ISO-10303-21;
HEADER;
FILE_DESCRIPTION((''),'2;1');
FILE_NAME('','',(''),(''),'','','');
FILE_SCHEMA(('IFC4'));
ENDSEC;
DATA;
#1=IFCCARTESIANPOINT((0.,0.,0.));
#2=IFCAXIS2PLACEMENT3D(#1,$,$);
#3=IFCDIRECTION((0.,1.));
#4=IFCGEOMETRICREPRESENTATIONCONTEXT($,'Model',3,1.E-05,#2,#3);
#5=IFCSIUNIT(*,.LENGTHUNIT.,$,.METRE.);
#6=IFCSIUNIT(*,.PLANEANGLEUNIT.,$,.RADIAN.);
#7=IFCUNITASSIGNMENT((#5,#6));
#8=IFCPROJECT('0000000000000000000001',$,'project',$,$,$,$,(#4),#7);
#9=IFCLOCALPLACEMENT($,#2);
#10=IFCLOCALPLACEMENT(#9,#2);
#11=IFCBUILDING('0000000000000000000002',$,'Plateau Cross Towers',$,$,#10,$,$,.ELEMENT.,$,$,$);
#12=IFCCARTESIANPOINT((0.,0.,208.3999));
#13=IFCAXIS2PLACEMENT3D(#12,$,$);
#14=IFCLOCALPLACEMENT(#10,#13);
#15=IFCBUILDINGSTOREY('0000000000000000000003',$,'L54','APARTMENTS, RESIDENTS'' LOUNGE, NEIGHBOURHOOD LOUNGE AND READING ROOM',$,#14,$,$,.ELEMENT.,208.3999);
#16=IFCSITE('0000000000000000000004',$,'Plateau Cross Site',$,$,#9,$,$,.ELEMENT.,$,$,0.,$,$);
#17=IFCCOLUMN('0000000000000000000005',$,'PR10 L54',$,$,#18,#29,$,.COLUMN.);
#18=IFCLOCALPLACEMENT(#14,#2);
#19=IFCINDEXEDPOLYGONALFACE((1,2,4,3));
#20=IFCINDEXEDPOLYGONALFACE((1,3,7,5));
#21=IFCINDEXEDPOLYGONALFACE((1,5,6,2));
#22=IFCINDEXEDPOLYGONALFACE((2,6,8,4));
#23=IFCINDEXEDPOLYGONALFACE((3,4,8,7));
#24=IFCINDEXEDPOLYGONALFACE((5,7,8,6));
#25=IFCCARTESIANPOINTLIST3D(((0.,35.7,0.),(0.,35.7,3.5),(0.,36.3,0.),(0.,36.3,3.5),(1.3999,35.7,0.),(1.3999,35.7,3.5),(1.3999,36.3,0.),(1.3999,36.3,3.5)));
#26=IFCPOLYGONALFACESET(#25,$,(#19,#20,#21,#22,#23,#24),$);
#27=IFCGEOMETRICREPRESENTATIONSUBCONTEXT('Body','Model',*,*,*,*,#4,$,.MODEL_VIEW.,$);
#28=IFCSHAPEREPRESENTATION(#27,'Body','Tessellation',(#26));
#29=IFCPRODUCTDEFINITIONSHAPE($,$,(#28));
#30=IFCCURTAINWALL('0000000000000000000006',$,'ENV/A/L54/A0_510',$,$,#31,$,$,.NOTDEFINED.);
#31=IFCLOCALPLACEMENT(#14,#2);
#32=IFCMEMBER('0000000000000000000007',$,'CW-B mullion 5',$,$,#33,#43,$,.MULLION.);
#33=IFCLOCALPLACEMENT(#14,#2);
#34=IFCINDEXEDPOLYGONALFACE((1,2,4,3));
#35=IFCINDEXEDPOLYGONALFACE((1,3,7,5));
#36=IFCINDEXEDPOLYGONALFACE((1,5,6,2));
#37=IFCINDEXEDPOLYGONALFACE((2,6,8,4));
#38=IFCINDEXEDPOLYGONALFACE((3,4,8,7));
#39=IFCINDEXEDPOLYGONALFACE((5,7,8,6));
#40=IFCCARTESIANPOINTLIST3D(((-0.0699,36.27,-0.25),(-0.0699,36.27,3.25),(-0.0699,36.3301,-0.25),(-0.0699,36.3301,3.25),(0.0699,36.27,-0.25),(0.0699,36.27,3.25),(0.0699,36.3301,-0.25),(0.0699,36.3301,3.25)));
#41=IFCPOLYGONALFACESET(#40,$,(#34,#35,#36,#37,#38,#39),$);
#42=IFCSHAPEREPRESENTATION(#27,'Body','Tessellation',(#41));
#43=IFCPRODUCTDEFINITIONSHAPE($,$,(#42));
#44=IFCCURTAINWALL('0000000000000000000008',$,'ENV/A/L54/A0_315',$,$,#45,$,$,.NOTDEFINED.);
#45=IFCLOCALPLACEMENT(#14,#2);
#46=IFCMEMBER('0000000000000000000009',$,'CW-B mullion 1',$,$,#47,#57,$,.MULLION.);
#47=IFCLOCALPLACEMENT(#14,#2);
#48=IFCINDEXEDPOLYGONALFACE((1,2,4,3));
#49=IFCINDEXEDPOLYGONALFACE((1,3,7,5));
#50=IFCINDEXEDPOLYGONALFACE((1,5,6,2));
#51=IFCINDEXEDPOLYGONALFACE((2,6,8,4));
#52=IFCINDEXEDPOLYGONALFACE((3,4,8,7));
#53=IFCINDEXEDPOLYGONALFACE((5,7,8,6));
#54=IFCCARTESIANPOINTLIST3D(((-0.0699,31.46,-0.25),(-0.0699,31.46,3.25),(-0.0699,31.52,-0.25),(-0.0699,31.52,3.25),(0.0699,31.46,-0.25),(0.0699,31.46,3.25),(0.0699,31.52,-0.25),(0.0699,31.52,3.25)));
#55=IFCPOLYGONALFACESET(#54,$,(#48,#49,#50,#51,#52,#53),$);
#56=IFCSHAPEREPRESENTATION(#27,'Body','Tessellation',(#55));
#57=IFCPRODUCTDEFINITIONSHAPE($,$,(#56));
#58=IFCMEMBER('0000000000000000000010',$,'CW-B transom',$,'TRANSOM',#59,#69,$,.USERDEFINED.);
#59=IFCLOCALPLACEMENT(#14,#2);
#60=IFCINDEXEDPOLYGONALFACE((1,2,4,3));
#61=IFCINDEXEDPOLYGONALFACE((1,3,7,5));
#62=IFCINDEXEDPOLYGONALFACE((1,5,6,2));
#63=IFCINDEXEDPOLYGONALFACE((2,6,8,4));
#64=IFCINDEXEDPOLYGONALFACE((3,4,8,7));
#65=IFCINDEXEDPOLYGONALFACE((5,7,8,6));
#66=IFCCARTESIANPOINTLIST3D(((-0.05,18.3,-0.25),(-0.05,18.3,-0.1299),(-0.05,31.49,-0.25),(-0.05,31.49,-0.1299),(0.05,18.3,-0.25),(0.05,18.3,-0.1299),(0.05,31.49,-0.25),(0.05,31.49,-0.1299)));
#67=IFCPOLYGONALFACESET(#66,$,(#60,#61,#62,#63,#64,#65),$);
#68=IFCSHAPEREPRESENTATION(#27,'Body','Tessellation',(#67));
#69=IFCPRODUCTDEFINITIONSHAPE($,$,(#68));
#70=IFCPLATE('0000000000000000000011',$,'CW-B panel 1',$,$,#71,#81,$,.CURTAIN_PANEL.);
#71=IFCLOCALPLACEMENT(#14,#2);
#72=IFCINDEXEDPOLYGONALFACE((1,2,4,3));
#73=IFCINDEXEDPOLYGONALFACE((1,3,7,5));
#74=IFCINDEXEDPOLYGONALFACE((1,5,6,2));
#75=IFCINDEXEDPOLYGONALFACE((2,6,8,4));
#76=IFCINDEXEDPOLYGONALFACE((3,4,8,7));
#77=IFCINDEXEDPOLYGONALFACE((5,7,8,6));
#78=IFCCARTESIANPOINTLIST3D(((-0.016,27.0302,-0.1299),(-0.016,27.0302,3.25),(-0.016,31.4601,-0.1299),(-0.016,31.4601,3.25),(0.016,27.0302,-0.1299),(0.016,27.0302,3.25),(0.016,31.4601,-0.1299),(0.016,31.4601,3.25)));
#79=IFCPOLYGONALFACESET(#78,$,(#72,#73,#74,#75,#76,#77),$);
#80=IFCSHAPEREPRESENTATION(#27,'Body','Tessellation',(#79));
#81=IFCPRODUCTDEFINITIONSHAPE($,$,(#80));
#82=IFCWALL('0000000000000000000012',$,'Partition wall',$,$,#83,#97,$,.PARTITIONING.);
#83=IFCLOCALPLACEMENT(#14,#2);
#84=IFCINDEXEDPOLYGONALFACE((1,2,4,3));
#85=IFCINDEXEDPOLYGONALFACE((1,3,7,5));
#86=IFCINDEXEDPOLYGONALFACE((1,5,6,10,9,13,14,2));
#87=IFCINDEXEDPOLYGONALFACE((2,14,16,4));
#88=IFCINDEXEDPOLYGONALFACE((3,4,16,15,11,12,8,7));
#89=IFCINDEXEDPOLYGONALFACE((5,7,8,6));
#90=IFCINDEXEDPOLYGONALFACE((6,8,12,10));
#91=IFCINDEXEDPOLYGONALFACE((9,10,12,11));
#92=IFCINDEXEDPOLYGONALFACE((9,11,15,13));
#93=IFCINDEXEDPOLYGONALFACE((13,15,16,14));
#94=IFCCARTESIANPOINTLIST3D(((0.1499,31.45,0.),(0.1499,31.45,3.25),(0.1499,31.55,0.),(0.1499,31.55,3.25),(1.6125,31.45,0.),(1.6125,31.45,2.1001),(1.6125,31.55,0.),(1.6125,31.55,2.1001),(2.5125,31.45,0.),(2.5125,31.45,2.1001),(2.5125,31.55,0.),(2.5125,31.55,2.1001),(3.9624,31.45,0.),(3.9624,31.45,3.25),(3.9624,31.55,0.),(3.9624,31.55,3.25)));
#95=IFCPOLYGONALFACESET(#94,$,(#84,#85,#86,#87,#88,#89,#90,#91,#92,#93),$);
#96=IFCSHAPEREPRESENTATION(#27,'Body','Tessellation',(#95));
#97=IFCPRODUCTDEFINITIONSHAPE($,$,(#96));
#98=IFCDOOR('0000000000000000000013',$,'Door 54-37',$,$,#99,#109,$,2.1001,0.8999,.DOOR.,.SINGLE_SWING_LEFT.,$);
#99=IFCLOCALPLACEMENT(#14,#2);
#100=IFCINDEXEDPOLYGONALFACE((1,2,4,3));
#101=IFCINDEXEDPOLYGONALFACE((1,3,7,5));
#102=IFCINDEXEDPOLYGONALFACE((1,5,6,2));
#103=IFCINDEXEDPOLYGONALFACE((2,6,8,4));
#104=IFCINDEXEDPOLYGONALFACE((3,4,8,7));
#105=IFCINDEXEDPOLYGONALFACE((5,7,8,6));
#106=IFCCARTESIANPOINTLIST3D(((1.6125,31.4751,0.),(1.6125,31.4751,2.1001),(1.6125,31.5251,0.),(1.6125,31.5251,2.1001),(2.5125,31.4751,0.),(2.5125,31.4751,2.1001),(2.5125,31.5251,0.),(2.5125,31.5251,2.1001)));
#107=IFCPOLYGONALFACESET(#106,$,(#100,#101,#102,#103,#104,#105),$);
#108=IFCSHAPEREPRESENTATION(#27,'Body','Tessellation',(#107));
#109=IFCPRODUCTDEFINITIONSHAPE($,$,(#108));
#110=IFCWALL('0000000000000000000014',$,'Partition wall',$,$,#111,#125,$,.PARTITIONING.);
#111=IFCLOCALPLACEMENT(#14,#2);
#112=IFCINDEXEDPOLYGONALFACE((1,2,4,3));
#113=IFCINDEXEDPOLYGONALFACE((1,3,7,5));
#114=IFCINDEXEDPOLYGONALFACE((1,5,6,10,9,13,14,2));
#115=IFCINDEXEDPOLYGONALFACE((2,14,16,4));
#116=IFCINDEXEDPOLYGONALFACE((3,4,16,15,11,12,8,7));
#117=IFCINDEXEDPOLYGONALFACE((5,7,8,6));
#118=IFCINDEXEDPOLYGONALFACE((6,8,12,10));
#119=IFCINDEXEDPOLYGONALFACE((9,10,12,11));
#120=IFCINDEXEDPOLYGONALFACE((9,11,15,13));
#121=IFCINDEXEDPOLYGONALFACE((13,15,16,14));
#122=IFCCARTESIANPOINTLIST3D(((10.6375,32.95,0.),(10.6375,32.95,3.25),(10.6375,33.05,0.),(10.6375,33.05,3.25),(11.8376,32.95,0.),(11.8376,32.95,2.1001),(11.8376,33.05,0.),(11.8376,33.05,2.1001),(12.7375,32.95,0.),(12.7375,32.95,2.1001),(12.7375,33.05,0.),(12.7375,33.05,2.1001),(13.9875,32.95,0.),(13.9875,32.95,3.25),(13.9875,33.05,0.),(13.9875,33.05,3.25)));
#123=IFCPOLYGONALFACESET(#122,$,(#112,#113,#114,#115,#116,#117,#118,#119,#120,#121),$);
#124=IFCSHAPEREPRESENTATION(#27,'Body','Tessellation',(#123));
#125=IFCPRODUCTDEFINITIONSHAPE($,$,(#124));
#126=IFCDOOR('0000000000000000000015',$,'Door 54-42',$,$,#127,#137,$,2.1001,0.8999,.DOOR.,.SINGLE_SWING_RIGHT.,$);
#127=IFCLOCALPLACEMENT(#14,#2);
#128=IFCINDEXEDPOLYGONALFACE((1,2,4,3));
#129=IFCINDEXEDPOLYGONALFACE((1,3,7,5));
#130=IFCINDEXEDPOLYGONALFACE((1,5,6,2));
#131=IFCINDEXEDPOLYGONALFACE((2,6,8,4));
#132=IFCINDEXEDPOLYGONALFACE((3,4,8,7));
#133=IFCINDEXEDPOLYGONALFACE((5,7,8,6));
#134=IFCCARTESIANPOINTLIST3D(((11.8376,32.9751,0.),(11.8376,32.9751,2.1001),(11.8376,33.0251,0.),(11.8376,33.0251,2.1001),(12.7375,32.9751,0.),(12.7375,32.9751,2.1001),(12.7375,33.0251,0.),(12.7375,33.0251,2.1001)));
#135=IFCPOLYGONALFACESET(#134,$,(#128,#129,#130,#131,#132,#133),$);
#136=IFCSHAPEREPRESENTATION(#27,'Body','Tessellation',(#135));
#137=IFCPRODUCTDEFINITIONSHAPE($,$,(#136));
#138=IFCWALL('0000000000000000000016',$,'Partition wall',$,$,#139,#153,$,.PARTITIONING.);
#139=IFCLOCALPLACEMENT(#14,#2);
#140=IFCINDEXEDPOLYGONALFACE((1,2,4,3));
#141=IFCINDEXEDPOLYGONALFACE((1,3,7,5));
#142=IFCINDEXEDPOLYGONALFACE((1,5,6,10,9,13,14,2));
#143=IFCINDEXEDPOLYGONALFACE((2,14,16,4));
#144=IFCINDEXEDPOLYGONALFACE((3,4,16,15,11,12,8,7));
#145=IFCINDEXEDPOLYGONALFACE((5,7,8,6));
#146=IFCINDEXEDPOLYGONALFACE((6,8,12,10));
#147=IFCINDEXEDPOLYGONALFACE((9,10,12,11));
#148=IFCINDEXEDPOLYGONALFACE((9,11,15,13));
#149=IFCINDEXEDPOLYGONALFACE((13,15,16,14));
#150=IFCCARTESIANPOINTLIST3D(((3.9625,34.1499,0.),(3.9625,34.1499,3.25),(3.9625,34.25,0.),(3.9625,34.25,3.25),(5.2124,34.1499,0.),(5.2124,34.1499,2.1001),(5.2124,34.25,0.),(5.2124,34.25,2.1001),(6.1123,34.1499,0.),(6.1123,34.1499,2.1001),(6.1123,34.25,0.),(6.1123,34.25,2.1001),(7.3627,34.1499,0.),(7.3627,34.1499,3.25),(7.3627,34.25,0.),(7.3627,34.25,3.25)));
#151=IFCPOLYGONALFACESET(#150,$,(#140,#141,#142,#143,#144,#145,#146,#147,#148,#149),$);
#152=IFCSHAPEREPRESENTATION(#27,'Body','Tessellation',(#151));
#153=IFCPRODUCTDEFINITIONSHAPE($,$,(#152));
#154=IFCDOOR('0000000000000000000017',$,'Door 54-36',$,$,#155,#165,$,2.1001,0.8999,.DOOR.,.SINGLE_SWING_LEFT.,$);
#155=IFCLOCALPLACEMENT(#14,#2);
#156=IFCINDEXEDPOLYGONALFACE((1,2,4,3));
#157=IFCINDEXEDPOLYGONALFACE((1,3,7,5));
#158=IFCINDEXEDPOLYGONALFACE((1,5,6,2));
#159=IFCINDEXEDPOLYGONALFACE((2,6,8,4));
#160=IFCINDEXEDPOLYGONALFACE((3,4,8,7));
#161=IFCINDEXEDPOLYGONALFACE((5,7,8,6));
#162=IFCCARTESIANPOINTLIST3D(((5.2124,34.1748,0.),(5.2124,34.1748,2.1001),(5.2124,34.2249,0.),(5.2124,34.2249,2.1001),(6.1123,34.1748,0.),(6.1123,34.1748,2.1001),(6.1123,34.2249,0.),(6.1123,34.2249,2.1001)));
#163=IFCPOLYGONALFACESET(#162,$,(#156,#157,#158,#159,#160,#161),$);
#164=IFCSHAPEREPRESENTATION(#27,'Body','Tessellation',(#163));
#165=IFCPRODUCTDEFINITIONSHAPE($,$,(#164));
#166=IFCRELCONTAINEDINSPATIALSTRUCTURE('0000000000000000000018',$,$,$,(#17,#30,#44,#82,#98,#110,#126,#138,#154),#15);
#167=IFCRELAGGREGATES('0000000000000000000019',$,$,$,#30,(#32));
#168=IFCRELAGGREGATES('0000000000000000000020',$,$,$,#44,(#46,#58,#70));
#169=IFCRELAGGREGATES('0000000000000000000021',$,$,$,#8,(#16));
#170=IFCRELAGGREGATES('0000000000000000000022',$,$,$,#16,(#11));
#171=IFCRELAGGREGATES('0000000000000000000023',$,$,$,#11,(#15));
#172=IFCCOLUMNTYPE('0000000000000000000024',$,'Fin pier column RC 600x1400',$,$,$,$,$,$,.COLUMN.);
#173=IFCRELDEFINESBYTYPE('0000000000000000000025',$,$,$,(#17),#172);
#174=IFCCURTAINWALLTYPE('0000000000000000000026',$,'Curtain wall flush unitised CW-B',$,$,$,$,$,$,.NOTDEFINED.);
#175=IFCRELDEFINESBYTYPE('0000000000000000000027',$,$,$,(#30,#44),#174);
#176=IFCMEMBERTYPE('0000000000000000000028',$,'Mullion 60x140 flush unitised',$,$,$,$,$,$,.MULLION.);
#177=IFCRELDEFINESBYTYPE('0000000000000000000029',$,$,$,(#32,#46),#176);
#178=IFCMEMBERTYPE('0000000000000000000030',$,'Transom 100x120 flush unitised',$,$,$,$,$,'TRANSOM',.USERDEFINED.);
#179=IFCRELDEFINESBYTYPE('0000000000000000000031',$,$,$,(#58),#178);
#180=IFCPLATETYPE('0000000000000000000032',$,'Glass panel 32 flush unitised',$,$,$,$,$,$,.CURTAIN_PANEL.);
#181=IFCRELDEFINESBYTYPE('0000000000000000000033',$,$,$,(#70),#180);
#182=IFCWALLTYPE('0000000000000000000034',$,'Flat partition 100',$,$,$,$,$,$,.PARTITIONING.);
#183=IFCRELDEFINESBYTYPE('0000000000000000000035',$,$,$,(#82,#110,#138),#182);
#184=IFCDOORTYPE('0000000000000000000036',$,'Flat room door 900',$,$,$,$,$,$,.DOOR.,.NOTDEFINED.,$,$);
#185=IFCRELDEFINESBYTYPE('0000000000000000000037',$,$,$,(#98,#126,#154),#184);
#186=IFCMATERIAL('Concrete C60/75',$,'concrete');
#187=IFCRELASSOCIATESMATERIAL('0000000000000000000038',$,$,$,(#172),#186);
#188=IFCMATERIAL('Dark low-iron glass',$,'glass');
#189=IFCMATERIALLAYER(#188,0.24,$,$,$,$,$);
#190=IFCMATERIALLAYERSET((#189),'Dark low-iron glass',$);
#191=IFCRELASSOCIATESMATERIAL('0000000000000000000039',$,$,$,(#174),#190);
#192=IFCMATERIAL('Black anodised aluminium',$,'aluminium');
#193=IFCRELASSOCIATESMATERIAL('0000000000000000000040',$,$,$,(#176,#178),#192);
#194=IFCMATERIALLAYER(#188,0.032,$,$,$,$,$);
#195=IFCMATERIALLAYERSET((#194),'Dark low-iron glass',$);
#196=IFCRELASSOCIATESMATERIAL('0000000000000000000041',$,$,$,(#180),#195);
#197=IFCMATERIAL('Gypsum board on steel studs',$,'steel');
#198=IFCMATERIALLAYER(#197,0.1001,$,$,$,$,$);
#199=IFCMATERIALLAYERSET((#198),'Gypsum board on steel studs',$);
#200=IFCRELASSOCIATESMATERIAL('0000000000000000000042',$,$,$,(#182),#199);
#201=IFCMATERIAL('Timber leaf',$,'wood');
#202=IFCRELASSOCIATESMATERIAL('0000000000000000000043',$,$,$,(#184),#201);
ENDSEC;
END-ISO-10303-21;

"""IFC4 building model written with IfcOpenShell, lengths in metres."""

from ifc_helpers import new_model, si_unit, direction, frame, frame_2d, origin, origin_2d, place, context, subcontext, project, spatial, rectangle, extrude, material, layer, layer_set, material_profile, profile_set, type_object, element, fill, aggregate, save


model = new_model("IFC4")

# Units and contexts
model_context = context("Model", 3, precision=1e-05, world=origin(), true_north=direction((0.0, 1.0)))
body_context = subcontext(model_context, "Body", "Model", "MODEL_VIEW")
ifc_project = project(units=[si_unit("LENGTHUNIT", "METRE"), si_unit("PLANEANGLEUNIT", "RADIAN")], contexts=[model_context])

# Site, building, storey
site_placement = place(None, origin())
site = spatial("IfcSite", under=ifc_project, at=site_placement, Name="Plateau Cross Site", CompositionType="ELEMENT", RefElevation=0.0)
building_placement = place(site_placement, origin())
building = spatial("IfcBuilding", under=site, at=building_placement, Name="Plateau Cross Towers", CompositionType="ELEMENT")
storey_placement = place(building_placement, frame((0.0, 0.0, 208.3999)))
storey = spatial("IfcBuildingStorey", under=building, at=storey_placement, Name="L54", Description="APARTMENTS, RESIDENTS' LOUNGE, NEIGHBOURHOOD LOUNGE AND READING ROOM", CompositionType="ELEMENT", Elevation=208.3999)

# Column
ifc_material_1 = material(Name="Concrete C60/75", Category="concrete")
ifc_material_profile_1 = material_profile(ifc_material_1, rectangle(XDim=0.6001, YDim=1.3999, at=origin_2d()), Name="RC 600x1400")
ifc_profile_set_1 = profile_set([ifc_material_profile_1], Name="Concrete C60/75")
column_type = type_object("IfcColumnType", Name="Fin pier column RC 600x1400", PredefinedType="COLUMN", material=ifc_profile_set_1)
column_placement = place(storey_placement, frame((0.7, 36.0, 0.0), z_axis=(0.0, 0.0, 1.0), x_axis=(0.0, 1.0, 0.0)))
element("IfcColumn", 1, at=column_placement, inside=storey, type_object=column_type, Name="PR10 L54", PredefinedType="COLUMN", context=body_context, shape_type="SweptSolid", body=[
    extrude(rectangle(XDim=0.6001, YDim=1.3999, at=origin_2d()), origin(), (0.0, 0.0, 1.0), 3.5),
])

# Curtain wall, member
ifc_material_2 = material(Name="Dark low-iron glass", Category="glass")
ifc_layer_1 = layer(ifc_material_2, 0.24)
ifc_layer_set_1 = layer_set([ifc_layer_1], Name="Dark low-iron glass")
curtain_wall_type = type_object("IfcCurtainWallType", Name="Curtain wall flush unitised CW-B", PredefinedType="NOTDEFINED", material=ifc_layer_set_1)
curtain_wall_1_placement = place(storey_placement, origin())
curtain_wall_1 = element("IfcCurtainWall", 2, at=curtain_wall_1_placement, inside=storey, type_object=curtain_wall_type, Name="ENV/A/L54/A0_510", PredefinedType="NOTDEFINED")
ifc_material_3 = material(Name="Black anodised aluminium", Category="aluminium")
ifc_material_profile_2 = material_profile(ifc_material_3, rectangle(XDim=0.0601, YDim=0.1399, at=origin_2d()), Name="MULLION 60x140")
ifc_profile_set_2 = profile_set([ifc_material_profile_2], Name="Black anodised aluminium")
member_type_1 = type_object("IfcMemberType", Name="Mullion 60x140 flush unitised", PredefinedType="MULLION", material=ifc_profile_set_2)
member_1_placement = place(storey_placement, frame((0.0, 36.3, -0.25), z_axis=(0.0, 0.0, 1.0), x_axis=(0.0, -1.0, 0.0)))
member_1 = element("IfcMember", 3, at=member_1_placement, type_object=member_type_1, Name="CW-B mullion 5", PredefinedType="MULLION", context=body_context, shape_type="SweptSolid", body=[
    extrude(rectangle(XDim=0.0601, YDim=0.1399, at=origin_2d()), origin(), (0.0, 0.0, 1.0), 3.5),
])
aggregate(curtain_wall_1, [member_1])

# Curtain wall, members, plate
curtain_wall_2_placement = place(storey_placement, origin())
curtain_wall_2 = element("IfcCurtainWall", 4, at=curtain_wall_2_placement, inside=storey, type_object=curtain_wall_type, Name="ENV/A/L54/A0_315", PredefinedType="NOTDEFINED")
member_2_placement = place(storey_placement, frame((0.0, 31.49, -0.25), z_axis=(0.0, 0.0, 1.0), x_axis=(0.0, -1.0, 0.0)))
member_2 = element("IfcMember", 5, at=member_2_placement, type_object=member_type_1, Name="CW-B mullion 1", PredefinedType="MULLION", context=body_context, shape_type="SweptSolid", body=[
    extrude(rectangle(XDim=0.0601, YDim=0.1399, at=origin_2d()), origin(), (0.0, 0.0, 1.0), 3.5),
])
ifc_material_profile_3 = material_profile(ifc_material_3, rectangle(XDim=0.1001, YDim=0.1201, at=origin_2d()), Name="TRANSOM 100x120")
ifc_profile_set_3 = profile_set([ifc_material_profile_3], Name="Black anodised aluminium")
member_type_2 = type_object("IfcMemberType", Name="Transom 100x120 flush unitised", ElementType="TRANSOM", PredefinedType="USERDEFINED", material=ifc_profile_set_3)
member_3_placement = place(storey_placement, frame((0.0, 31.49, -0.1899), z_axis=(0.0, -1.0, 0.0), x_axis=(1.0, 0.0, 0.0)))
member_3 = element("IfcMember", 6, at=member_3_placement, type_object=member_type_2, Name="CW-B transom", ObjectType="TRANSOM", PredefinedType="USERDEFINED", context=body_context, shape_type="SweptSolid", body=[
    extrude(rectangle(XDim=0.1001, YDim=0.1201, at=origin_2d()), origin(), (0.0, 0.0, 1.0), 13.1899),
])
ifc_layer_2 = layer(ifc_material_2, 0.032)
ifc_layer_set_2 = layer_set([ifc_layer_2], Name="Dark low-iron glass")
plate_type = type_object("IfcPlateType", Name="Glass panel 32 flush unitised", PredefinedType="CURTAIN_PANEL", material=ifc_layer_set_2)
plate_placement = place(storey_placement, frame((0.0, 29.2451, -0.1299), z_axis=(0.0, 0.0, 1.0), x_axis=(0.0, -1.0, 0.0)))
plate = element("IfcPlate", 7, at=plate_placement, type_object=plate_type, Name="CW-B panel 1", PredefinedType="CURTAIN_PANEL", context=body_context, shape_type="SweptSolid", body=[
    extrude(rectangle(XDim=4.4299, YDim=0.032, at=origin_2d()), origin(), (0.0, 0.0, 1.0), 3.3799),
])
aggregate(curtain_wall_2, [member_2, member_3, plate])

# Walls, openings, doors
ifc_material_4 = material(Name="Gypsum board on steel studs", Category="steel")
ifc_layer_3 = layer(ifc_material_4, 0.1001)
ifc_layer_set_3 = layer_set([ifc_layer_3], Name="Gypsum board on steel studs")
wall_type_1 = type_object("IfcWallType", Name="Flat partition 100", PredefinedType="PARTITIONING", material=ifc_layer_set_3)
wall_1_placement = place(storey_placement, frame((3.9624, 31.5, 0.0), z_axis=(0.0, 0.0, 1.0), x_axis=(-1.0, 0.0, 0.0)))
wall_1 = element("IfcWall", 8, at=wall_1_placement, inside=storey, type_object=wall_type_1, Name="Partition wall", PredefinedType="PARTITIONING", context=body_context, shape_type="SweptSolid", body=[
    extrude(rectangle(XDim=3.8125, YDim=0.1001, at=frame_2d((1.9062, 0.0))), origin(), (0.0, 0.0, 1.0), 3.25),
])
opening_1_placement = place(wall_1_placement, frame((1.45, 0.0, 0.0)))
opening_1 = element("IfcOpeningElement", 9, at=opening_1_placement, cuts=wall_1, PredefinedType="OPENING", context=body_context, shape_type="SweptSolid", body=[
    extrude(rectangle(XDim=0.8999, YDim=2.1001, at=frame_2d((0.45, 1.05))), frame((0.0, 0.0601, 0.0), z_axis=(0.0, -1.0, 0.0), x_axis=(1.0, 0.0, 0.0)), (0.0, 0.0, 1.0), 0.1201),
])
ifc_material_5 = material(Name="Timber leaf", Category="wood")
door_type_1 = type_object("IfcDoorType", Name="Flat room door 900", OperationType="NOTDEFINED", PredefinedType="DOOR", material=ifc_material_5)
door_1_placement = place(opening_1_placement, origin())
door_1 = element("IfcDoor", 10, at=door_1_placement, inside=storey, type_object=door_type_1, Name="Door 54-37", OperationType="SINGLE_SWING_LEFT", OverallHeight=2.1001, OverallWidth=0.8999, PredefinedType="DOOR", context=body_context, shape_type="SweptSolid", body=[
    extrude(rectangle(XDim=0.8999, YDim=2.1001, at=frame_2d((0.45, 1.05))), frame((0.0, 0.0249, 0.0), z_axis=(0.0, -1.0, 0.0), x_axis=(1.0, 0.0, 0.0)), (0.0, 0.0, 1.0), 0.05),
])
fill(opening_1, door_1)
wall_2_placement = place(storey_placement, frame((13.9875, 33.0, 0.0), z_axis=(0.0, 0.0, 1.0), x_axis=(-1.0, 0.0, 0.0)))
wall_2 = element("IfcWall", 11, at=wall_2_placement, inside=storey, type_object=wall_type_1, Name="Partition wall", PredefinedType="PARTITIONING", context=body_context, shape_type="SweptSolid", body=[
    extrude(rectangle(XDim=3.3501, YDim=0.1001, at=frame_2d((1.675, 0.0))), origin(), (0.0, 0.0, 1.0), 3.25),
])
opening_2_placement = place(wall_2_placement, frame((1.25, 0.0, 0.0)))
opening_2 = element("IfcOpeningElement", 12, at=opening_2_placement, cuts=wall_2, PredefinedType="OPENING", context=body_context, shape_type="SweptSolid", body=[
    extrude(rectangle(XDim=0.8999, YDim=2.1001, at=frame_2d((0.45, 1.05))), frame((0.0, 0.0601, 0.0), z_axis=(0.0, -1.0, 0.0), x_axis=(1.0, 0.0, 0.0)), (0.0, 0.0, 1.0), 0.1201),
])
door_2_placement = place(opening_2_placement, origin())
door_2 = element("IfcDoor", 13, at=door_2_placement, inside=storey, type_object=door_type_1, Name="Door 54-42", OperationType="SINGLE_SWING_RIGHT", OverallHeight=2.1001, OverallWidth=0.8999, PredefinedType="DOOR", context=body_context, shape_type="SweptSolid", body=[
    extrude(rectangle(XDim=0.8999, YDim=2.1001, at=frame_2d((0.45, 1.05))), frame((0.0, 0.0249, 0.0), z_axis=(0.0, -1.0, 0.0), x_axis=(1.0, 0.0, 0.0)), (0.0, 0.0, 1.0), 0.05),
])
fill(opening_2, door_2)
wall_3_placement = place(storey_placement, frame((3.9624, 34.2, 0.0), z_axis=(0.0, 0.0, 1.0), x_axis=(1.0, 0.0, 0.0)))
wall_3 = element("IfcWall", 14, at=wall_3_placement, inside=storey, type_object=wall_type_1, Name="Partition wall", PredefinedType="PARTITIONING", context=body_context, shape_type="SweptSolid", body=[
    extrude(rectangle(XDim=3.4001, YDim=0.1001, at=frame_2d((1.7002, 0.0))), origin(), (0.0, 0.0, 1.0), 3.25),
])
opening_3_placement = place(wall_3_placement, frame((1.25, 0.0, 0.0)))
opening_3 = element("IfcOpeningElement", 15, at=opening_3_placement, cuts=wall_3, PredefinedType="OPENING", context=body_context, shape_type="SweptSolid", body=[
    extrude(rectangle(XDim=0.8999, YDim=2.1001, at=frame_2d((0.45, 1.05))), frame((0.0, 0.0601, 0.0), z_axis=(0.0, -1.0, 0.0), x_axis=(1.0, 0.0, 0.0)), (0.0, 0.0, 1.0), 0.1201),
])
door_3_placement = place(opening_3_placement, origin())
door_3 = element("IfcDoor", 16, at=door_3_placement, inside=storey, type_object=door_type_1, Name="Door 54-36", OperationType="SINGLE_SWING_LEFT", OverallHeight=2.1001, OverallWidth=0.8999, PredefinedType="DOOR", context=body_context, shape_type="SweptSolid", body=[
    extrude(rectangle(XDim=0.8999, YDim=2.1001, at=frame_2d((0.45, 1.05))), frame((0.0, 0.0249, 0.0), z_axis=(0.0, -1.0, 0.0), x_axis=(1.0, 0.0, 0.0)), (0.0, 0.0, 1.0), 0.05),
])
fill(opening_3, door_3)

save(model, "model.ifc")
